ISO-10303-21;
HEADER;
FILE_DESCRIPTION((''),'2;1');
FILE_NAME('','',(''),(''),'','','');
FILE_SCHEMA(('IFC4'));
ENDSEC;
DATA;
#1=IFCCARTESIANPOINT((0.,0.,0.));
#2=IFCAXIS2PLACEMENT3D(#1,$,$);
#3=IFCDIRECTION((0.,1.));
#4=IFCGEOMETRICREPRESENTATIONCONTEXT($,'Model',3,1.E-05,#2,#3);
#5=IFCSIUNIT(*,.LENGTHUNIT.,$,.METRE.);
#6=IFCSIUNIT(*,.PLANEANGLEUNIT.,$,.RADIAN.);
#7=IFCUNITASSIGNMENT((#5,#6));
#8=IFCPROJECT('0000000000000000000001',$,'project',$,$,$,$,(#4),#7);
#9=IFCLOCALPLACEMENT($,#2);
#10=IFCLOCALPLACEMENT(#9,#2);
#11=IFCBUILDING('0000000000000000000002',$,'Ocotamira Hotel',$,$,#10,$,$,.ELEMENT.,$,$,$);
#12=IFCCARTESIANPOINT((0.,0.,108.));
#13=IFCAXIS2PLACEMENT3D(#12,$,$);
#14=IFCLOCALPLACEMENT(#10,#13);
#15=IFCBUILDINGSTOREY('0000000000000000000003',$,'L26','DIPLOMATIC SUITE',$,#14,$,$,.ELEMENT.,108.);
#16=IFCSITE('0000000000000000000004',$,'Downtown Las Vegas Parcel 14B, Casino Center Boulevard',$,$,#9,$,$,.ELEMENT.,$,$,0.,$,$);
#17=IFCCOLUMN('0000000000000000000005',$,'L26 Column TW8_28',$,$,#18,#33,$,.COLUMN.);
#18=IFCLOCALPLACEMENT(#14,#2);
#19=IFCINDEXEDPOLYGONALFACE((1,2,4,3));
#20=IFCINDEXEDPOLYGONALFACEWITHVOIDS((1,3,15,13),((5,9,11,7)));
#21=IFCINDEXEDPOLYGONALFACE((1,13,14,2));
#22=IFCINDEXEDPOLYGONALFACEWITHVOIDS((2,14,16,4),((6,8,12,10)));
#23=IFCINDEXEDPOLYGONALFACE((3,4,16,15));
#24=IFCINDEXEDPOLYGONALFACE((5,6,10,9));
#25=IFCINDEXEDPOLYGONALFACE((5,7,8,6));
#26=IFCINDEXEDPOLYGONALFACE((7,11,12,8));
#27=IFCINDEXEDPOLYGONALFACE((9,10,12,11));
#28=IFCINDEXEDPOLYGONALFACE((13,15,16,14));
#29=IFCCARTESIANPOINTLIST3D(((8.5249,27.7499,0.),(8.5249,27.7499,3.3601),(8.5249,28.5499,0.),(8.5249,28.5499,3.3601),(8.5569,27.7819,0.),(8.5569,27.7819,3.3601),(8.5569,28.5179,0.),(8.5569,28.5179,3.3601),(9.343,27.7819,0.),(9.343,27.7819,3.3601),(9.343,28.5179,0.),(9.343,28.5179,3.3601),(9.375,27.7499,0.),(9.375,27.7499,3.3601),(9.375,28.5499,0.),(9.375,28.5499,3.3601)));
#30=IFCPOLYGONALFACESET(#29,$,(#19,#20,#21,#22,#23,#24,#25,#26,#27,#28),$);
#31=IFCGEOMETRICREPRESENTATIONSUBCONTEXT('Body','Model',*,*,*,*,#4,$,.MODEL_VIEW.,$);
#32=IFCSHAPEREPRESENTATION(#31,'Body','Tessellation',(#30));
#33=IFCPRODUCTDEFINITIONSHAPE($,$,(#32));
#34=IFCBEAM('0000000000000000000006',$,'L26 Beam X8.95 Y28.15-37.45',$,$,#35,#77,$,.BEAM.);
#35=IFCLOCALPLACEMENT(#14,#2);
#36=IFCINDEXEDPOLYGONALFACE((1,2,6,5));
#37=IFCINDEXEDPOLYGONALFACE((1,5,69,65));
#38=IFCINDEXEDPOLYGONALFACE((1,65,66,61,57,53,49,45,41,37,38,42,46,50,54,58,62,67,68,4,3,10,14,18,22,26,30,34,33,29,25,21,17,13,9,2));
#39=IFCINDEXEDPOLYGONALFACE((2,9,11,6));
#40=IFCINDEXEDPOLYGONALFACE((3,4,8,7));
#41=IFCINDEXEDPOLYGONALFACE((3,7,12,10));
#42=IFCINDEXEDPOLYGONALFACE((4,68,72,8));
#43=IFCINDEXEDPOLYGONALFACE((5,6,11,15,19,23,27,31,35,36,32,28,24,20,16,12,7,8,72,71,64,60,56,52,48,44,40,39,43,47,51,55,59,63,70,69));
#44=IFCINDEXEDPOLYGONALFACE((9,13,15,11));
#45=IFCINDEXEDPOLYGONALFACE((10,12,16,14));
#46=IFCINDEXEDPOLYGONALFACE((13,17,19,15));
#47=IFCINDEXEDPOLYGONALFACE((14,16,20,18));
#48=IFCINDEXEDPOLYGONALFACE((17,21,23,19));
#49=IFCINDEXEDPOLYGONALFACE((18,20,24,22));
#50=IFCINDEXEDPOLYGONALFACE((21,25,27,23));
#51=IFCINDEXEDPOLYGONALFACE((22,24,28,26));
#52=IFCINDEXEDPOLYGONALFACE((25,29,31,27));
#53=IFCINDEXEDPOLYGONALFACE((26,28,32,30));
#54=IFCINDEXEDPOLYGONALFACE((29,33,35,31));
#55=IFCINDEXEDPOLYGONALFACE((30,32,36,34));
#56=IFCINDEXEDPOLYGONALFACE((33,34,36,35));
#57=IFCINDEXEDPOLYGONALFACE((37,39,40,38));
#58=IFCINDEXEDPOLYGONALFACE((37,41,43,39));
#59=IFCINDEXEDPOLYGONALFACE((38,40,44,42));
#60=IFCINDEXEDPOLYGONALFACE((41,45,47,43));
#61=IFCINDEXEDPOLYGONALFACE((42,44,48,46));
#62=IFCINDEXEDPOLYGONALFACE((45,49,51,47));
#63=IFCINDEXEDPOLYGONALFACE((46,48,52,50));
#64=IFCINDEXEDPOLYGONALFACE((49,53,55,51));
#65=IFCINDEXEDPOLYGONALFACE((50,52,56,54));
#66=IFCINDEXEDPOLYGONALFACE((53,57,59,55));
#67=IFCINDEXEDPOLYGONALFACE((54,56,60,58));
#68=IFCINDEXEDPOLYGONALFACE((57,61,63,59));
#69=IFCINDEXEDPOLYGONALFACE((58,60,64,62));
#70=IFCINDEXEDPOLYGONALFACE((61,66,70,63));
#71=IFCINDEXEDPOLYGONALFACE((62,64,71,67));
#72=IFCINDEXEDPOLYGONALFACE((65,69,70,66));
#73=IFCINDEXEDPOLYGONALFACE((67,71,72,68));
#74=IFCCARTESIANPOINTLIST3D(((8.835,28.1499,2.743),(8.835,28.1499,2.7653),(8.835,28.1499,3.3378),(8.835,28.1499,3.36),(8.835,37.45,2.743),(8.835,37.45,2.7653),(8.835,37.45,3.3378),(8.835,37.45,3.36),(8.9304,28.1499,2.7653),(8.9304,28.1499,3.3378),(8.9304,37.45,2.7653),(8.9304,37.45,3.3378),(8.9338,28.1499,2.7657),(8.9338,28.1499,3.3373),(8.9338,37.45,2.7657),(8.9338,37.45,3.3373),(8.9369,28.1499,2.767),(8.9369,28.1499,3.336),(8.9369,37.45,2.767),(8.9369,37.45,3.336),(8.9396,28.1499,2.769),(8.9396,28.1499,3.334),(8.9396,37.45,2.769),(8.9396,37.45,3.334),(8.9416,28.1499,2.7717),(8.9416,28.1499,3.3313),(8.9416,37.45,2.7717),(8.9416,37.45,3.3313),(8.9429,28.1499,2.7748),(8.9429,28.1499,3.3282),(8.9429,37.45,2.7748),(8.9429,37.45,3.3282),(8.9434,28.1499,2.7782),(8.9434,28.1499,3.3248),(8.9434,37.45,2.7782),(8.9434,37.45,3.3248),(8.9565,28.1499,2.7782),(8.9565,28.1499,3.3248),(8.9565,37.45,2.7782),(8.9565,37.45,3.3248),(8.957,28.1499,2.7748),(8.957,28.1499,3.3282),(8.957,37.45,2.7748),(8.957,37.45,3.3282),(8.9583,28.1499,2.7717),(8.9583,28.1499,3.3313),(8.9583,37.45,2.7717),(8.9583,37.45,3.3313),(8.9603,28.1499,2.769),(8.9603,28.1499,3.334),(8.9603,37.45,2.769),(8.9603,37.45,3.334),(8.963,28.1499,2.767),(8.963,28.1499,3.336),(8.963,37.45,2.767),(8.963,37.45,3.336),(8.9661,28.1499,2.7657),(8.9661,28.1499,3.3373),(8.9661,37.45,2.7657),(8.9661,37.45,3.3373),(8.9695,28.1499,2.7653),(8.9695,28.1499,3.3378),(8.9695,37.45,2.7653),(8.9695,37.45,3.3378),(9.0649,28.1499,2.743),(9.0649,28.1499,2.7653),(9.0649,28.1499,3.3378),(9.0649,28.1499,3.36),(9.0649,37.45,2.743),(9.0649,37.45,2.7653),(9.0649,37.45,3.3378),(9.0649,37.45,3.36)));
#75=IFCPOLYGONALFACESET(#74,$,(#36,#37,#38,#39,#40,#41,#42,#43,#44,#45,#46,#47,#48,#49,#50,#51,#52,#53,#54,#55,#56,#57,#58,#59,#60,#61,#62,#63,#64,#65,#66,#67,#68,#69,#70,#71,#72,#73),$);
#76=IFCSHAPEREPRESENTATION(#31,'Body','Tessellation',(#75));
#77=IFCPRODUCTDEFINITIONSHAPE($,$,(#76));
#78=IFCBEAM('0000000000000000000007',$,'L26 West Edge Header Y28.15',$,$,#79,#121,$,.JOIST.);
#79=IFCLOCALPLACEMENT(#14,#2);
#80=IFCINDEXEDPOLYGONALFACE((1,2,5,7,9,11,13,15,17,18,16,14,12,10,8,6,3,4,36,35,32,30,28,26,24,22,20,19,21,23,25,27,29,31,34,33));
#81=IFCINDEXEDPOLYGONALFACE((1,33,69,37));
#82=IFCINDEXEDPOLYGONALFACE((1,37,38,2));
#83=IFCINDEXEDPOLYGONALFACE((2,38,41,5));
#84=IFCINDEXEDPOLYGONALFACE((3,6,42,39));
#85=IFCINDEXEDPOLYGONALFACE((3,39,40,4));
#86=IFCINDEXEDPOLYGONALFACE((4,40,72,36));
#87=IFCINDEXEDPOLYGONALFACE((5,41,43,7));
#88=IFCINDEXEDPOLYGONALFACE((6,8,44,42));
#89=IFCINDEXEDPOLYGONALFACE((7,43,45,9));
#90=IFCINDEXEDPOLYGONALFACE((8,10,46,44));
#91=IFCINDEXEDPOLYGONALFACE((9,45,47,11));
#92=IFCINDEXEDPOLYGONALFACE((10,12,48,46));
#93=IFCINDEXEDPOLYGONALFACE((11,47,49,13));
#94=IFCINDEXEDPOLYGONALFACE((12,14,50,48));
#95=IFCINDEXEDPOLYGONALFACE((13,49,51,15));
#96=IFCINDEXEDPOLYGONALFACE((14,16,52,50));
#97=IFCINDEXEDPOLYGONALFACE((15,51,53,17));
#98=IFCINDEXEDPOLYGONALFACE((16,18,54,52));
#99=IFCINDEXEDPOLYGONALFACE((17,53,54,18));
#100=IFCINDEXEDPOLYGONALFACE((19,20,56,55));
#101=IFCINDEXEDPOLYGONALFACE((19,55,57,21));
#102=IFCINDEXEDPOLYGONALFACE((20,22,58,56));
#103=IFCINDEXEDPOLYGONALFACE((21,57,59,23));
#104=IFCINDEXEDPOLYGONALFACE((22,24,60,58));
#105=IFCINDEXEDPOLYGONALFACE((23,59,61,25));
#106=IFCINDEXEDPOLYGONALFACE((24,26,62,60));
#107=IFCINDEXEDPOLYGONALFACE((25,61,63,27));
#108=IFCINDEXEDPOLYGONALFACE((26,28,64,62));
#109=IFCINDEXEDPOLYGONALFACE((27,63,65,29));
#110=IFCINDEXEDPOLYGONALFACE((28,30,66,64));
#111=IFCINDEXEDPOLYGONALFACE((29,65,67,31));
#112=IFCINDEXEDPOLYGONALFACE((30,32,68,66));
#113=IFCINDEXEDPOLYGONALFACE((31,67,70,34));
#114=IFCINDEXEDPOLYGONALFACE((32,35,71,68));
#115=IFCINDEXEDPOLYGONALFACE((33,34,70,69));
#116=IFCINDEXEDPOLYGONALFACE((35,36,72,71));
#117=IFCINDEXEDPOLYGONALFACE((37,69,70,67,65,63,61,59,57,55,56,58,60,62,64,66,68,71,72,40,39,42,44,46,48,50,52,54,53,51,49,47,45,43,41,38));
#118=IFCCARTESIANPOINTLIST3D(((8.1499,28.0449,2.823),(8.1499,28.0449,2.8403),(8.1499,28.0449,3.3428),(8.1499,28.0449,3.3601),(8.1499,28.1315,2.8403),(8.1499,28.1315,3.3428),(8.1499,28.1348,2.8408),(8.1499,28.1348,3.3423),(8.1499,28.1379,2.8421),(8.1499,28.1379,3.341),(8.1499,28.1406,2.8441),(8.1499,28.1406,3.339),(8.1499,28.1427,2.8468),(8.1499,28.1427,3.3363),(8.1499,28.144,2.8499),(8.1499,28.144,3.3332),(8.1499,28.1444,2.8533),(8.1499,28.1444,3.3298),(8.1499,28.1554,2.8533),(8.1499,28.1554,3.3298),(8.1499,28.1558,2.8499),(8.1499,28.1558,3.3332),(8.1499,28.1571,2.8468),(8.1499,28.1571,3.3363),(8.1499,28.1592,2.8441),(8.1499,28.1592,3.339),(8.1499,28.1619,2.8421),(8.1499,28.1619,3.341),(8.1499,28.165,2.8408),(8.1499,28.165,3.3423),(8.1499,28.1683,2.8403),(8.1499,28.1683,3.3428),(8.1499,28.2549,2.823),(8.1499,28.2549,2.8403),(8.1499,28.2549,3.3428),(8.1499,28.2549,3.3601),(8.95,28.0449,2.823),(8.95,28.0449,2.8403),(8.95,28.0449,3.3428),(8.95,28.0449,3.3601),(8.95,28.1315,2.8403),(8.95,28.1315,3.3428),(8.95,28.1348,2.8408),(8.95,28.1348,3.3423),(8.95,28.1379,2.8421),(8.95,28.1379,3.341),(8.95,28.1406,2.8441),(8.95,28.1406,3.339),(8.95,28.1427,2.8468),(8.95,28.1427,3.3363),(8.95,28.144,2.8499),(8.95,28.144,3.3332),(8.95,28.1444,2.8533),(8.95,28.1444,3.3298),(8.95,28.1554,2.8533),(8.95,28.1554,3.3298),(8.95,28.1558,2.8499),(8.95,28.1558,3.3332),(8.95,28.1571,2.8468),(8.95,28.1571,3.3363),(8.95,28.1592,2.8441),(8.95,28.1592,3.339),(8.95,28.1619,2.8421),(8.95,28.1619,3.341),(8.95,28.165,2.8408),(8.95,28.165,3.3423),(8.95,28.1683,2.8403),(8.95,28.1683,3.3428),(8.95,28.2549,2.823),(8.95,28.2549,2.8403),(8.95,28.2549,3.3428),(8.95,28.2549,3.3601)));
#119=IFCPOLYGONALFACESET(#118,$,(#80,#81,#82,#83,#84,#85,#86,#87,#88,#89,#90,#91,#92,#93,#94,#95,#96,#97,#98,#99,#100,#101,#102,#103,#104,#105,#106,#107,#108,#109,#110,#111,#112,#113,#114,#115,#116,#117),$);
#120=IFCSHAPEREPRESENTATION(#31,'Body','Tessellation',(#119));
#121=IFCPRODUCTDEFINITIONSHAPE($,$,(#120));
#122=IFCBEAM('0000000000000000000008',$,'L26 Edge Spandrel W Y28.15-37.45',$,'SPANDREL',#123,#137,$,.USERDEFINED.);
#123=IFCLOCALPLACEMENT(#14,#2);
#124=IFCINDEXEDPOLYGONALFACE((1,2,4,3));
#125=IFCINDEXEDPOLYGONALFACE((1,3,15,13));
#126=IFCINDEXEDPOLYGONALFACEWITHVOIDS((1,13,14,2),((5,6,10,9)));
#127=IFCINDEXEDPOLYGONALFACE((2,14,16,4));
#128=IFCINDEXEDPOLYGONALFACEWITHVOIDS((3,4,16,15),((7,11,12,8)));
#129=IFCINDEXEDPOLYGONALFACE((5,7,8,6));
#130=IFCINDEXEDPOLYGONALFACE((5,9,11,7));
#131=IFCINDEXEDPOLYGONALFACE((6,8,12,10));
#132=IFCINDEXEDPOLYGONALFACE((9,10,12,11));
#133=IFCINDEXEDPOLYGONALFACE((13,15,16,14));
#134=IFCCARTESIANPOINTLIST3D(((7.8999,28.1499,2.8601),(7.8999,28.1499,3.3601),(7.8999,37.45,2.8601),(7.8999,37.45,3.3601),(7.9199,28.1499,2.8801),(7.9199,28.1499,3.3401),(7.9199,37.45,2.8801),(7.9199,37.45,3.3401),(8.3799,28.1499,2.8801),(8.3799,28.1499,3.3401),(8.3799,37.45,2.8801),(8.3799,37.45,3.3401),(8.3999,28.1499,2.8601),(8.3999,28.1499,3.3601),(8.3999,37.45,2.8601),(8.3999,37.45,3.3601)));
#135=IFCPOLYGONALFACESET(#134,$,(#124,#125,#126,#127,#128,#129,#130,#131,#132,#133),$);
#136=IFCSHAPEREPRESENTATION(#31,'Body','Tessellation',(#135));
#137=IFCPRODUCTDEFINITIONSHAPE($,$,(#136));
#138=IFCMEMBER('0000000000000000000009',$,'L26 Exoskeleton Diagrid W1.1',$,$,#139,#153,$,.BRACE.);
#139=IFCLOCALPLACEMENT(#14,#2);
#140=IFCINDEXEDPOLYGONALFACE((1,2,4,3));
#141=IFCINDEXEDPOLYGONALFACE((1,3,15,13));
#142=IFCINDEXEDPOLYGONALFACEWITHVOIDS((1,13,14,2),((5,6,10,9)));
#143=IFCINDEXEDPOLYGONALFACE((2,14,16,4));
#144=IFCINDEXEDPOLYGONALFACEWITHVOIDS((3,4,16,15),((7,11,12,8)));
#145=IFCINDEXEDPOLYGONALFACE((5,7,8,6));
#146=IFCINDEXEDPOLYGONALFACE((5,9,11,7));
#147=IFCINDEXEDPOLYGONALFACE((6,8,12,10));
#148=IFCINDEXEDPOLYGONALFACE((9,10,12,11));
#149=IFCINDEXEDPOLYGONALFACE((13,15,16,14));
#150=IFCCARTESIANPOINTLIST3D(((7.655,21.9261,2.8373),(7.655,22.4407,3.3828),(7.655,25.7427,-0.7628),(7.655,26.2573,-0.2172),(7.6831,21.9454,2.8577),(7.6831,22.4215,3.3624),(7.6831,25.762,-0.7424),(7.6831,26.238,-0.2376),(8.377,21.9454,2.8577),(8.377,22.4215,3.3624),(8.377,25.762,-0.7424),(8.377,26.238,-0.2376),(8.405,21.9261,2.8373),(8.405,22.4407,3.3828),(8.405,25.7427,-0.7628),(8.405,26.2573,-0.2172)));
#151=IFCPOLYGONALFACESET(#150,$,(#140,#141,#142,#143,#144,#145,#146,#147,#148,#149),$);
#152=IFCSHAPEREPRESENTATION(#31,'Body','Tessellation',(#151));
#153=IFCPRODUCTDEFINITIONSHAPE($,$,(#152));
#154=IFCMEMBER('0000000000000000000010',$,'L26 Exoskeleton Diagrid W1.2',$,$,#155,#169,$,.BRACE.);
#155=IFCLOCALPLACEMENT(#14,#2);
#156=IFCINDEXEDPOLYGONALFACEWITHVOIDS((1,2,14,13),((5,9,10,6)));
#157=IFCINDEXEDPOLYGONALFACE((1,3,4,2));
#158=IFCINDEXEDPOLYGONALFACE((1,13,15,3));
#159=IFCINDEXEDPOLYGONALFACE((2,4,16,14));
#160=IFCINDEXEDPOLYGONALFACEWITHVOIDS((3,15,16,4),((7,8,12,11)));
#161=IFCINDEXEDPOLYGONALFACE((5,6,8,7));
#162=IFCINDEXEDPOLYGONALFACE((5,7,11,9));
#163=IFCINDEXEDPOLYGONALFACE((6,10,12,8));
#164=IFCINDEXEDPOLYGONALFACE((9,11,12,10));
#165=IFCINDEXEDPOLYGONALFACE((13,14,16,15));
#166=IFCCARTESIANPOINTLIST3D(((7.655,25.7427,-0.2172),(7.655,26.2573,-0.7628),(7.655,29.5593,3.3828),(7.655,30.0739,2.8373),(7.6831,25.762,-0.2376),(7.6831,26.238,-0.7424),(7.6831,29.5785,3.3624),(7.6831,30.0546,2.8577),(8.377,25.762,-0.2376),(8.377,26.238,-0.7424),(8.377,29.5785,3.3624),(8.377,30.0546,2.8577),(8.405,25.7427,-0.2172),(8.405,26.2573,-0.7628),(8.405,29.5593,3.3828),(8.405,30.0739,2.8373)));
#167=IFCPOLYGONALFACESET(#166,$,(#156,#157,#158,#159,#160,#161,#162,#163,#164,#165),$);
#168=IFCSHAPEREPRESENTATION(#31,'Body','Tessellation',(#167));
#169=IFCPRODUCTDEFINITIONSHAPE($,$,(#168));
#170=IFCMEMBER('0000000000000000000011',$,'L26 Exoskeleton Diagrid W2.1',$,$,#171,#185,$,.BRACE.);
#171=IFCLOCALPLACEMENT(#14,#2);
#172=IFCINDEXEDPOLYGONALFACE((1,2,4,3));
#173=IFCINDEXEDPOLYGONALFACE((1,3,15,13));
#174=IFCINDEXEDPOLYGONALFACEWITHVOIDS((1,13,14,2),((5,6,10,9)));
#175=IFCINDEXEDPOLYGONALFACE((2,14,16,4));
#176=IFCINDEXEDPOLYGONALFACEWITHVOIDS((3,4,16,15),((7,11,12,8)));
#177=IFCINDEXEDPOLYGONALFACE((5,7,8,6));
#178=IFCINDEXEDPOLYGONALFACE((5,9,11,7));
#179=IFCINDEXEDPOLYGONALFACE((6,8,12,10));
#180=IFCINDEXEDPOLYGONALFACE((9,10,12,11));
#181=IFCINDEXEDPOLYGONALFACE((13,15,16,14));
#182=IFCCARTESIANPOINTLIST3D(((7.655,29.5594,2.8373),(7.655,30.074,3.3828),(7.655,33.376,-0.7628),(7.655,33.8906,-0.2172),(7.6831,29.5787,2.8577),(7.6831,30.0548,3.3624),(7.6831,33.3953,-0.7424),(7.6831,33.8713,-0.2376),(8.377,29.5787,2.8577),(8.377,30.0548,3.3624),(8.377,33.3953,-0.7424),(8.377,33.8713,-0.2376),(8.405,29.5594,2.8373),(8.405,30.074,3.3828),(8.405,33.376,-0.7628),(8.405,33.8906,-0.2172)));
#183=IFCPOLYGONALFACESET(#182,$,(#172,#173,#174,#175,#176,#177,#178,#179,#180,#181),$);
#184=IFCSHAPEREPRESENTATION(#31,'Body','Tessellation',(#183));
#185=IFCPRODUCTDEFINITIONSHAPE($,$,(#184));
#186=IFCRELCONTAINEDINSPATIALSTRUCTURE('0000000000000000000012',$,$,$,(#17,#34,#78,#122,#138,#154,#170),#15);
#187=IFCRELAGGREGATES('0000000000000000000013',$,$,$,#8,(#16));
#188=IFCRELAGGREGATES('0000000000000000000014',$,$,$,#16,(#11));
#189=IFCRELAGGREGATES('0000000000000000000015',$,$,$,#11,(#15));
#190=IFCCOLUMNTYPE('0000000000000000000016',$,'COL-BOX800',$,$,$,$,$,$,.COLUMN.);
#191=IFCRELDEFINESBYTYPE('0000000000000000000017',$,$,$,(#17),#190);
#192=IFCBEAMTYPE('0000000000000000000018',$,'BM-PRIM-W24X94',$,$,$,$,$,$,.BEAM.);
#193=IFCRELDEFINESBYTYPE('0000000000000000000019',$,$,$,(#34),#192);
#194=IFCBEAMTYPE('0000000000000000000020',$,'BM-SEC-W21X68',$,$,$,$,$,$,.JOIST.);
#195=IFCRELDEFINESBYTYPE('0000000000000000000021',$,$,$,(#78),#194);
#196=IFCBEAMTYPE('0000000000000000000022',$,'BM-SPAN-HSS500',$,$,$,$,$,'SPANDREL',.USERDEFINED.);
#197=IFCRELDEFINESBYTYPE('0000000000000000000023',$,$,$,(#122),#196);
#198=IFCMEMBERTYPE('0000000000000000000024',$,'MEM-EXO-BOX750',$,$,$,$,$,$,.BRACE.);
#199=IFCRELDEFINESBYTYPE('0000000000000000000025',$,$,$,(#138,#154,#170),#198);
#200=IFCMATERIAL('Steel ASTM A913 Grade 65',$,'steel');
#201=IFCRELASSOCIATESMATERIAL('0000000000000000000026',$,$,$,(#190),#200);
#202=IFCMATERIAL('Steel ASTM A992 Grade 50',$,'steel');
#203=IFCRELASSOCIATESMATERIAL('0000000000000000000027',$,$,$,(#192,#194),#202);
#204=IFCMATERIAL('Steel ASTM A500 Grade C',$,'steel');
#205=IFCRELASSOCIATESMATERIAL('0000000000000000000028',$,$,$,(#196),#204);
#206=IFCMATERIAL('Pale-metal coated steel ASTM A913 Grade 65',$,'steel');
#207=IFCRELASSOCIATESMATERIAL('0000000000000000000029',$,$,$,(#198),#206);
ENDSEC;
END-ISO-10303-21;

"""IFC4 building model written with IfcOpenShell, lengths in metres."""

from ifc_helpers import new_model, si_unit, direction, frame, origin, origin_2d, place, context, subcontext, project, spatial, hollow_rectangle, i_section, extrude, source, transform, mapped, material, material_profile, profile_set, type_object, element, save


model = new_model("IFC4")

# Units and contexts
model_context = context("Model", 3, precision=1e-05, world=origin(), true_north=direction((0.0, 1.0)))
body_context = subcontext(model_context, "Body", "Model", "MODEL_VIEW")
ifc_project = project(units=[si_unit("LENGTHUNIT", "METRE"), si_unit("PLANEANGLEUNIT", "RADIAN")], contexts=[model_context])

# Site, building, storey
site_placement = place(None, origin())
site = spatial("IfcSite", under=ifc_project, at=site_placement, Name="Downtown Las Vegas Parcel 14B, Casino Center Boulevard", CompositionType="ELEMENT", RefElevation=0.0)
building_placement = place(site_placement, origin())
building = spatial("IfcBuilding", under=site, at=building_placement, Name="Ocotamira Hotel", CompositionType="ELEMENT")
storey_placement = place(building_placement, frame((0.0, 0.0, 108.0)))
storey = spatial("IfcBuildingStorey", under=building, at=storey_placement, Name="L26", Description="DIPLOMATIC SUITE", CompositionType="ELEMENT", Elevation=108.0)

# Column
ifc_material_1 = material(Name="Steel ASTM A913 Grade 65", Category="steel")
ifc_material_profile_1 = material_profile(ifc_material_1, hollow_rectangle(XDim=0.8501, YDim=0.8, WallThickness=0.032, at=origin_2d()), Name="BOX800X850X32")
ifc_profile_set_1 = profile_set([ifc_material_profile_1], Name="Steel ASTM A913 Grade 65")
column_type = type_object("IfcColumnType", Name="COL-BOX800", PredefinedType="COLUMN", material=ifc_profile_set_1)
shared_shape_1 = source(origin(), body_context, "Body", "SweptSolid", [
    extrude(hollow_rectangle(XDim=0.8501, YDim=0.8, WallThickness=0.032, at=origin_2d()), origin(), (0.0, 0.0, 1.0), 3.3601),
])
column_placement = place(storey_placement, frame((8.95, 28.1499, 0.0), z_axis=(0.0, 0.0, 1.0), x_axis=(1.0, 0.0, 0.0)))
element("IfcColumn", 1, at=column_placement, inside=storey, type_object=column_type, Name="L26 Column TW8_28", PredefinedType="COLUMN", context=body_context, shape_type="MappedRepresentation", body=[
    mapped(shared_shape_1, transform((0.0, 0.0, 0.0), scale=1.0)),
])

# Beams
ifc_material_2 = material(Name="Steel ASTM A992 Grade 50", Category="steel")
ifc_material_profile_2 = material_profile(ifc_material_2, i_section(OverallWidth=0.23, OverallDepth=0.6169, WebThickness=0.0132, FlangeThickness=0.0222, FilletRadius=0.0129, at=origin_2d()), Name="W24X94")
ifc_profile_set_2 = profile_set([ifc_material_profile_2], Name="Steel ASTM A992 Grade 50")
beam_type_1 = type_object("IfcBeamType", Name="BM-PRIM-W24X94", PredefinedType="BEAM", material=ifc_profile_set_2)
shared_shape_2 = source(origin(), body_context, "Body", "SweptSolid", [
    extrude(i_section(OverallWidth=0.23, OverallDepth=0.6169, WebThickness=0.0132, FlangeThickness=0.0222, FilletRadius=0.0129, at=origin_2d()), origin(), (0.0, 0.0, 1.0), 9.3),
])
beam_1_placement = place(storey_placement, frame((8.95, 28.1499, 3.0515), z_axis=(0.0, 1.0, 0.0), x_axis=(-1.0, 0.0, 0.0)))
element("IfcBeam", 2, at=beam_1_placement, inside=storey, type_object=beam_type_1, Name="L26 Beam X8.95 Y28.15-37.45", PredefinedType="BEAM", context=body_context, shape_type="MappedRepresentation", body=[
    mapped(shared_shape_2, transform((0.0, 0.0, 0.0), scale=1.0)),
])
ifc_material_profile_3 = material_profile(ifc_material_2, i_section(OverallWidth=0.21, OverallDepth=0.5371, WebThickness=0.011, FlangeThickness=0.0173, FilletRadius=0.0129, at=origin_2d()), Name="W21X68")
ifc_profile_set_3 = profile_set([ifc_material_profile_3], Name="Steel ASTM A992 Grade 50")
beam_type_2 = type_object("IfcBeamType", Name="BM-SEC-W21X68", PredefinedType="JOIST", material=ifc_profile_set_3)
shared_shape_3 = source(origin(), body_context, "Body", "SweptSolid", [
    extrude(i_section(OverallWidth=0.21, OverallDepth=0.5371, WebThickness=0.011, FlangeThickness=0.0173, FilletRadius=0.0129, at=origin_2d()), origin(), (0.0, 0.0, 1.0), 0.8),
])
beam_2_placement = place(storey_placement, frame((8.95, 28.1499, 3.0916), z_axis=(-1.0, 0.0, 0.0), x_axis=(0.0, -1.0, 0.0)))
element("IfcBeam", 3, at=beam_2_placement, inside=storey, type_object=beam_type_2, Name="L26 West Edge Header Y28.15", PredefinedType="JOIST", context=body_context, shape_type="MappedRepresentation", body=[
    mapped(shared_shape_3, transform((0.0, 0.0, 0.0), scale=1.0)),
])
ifc_material_3 = material(Name="Steel ASTM A500 Grade C", Category="steel")
ifc_material_profile_4 = material_profile(ifc_material_3, hollow_rectangle(XDim=0.5, YDim=0.5, WallThickness=0.02, at=origin_2d()), Name="HSS500X500X20")
ifc_profile_set_4 = profile_set([ifc_material_profile_4], Name="Steel ASTM A500 Grade C")
beam_type_3 = type_object("IfcBeamType", Name="BM-SPAN-HSS500", ElementType="SPANDREL", PredefinedType="USERDEFINED", material=ifc_profile_set_4)
shared_shape_4 = source(origin(), body_context, "Body", "SweptSolid", [
    extrude(hollow_rectangle(XDim=0.5, YDim=0.5, WallThickness=0.02, at=origin_2d()), origin(), (0.0, 0.0, 1.0), 9.3),
])
beam_3_placement = place(storey_placement, frame((8.1499, 28.1499, 3.1101), z_axis=(0.0, 1.0, 0.0), x_axis=(-1.0, 0.0, 0.0)))
element("IfcBeam", 4, at=beam_3_placement, inside=storey, type_object=beam_type_3, Name="L26 Edge Spandrel W Y28.15-37.45", ObjectType="SPANDREL", PredefinedType="USERDEFINED", context=body_context, shape_type="MappedRepresentation", body=[
    mapped(shared_shape_4, transform((0.0, 0.0, 0.0), scale=1.0)),
])

# Members
ifc_material_4 = material(Name="Pale-metal coated steel ASTM A913 Grade 65", Category="steel")
ifc_material_profile_5 = material_profile(ifc_material_4, hollow_rectangle(XDim=0.75, YDim=0.75, WallThickness=0.0281, at=origin_2d()), Name="BOX750X750X28")
ifc_profile_set_5 = profile_set([ifc_material_profile_5], Name="Pale-metal coated steel ASTM A913 Grade 65")
member_type_1 = type_object("IfcMemberType", Name="MEM-EXO-BOX750", PredefinedType="BRACE", material=ifc_profile_set_5)
shared_shape_5 = source(origin(), body_context, "Body", "SweptSolid", [
    extrude(hollow_rectangle(XDim=0.75, YDim=0.75, WallThickness=0.0281, at=origin_2d()), origin(), (0.0, 0.0, 1.0), 5.2466),
])
for number, where, z_axis, x_axis, name in (
    (5, (8.03, 26.0, -0.49), (0.0, -0.727443, 0.686168), (1.0, 0.0, 0.0), "L26 Exoskeleton Diagrid W1.1"),
    (6, (8.03, 26.0, -0.49), (0.0, 0.727443, 0.686168), (-1.0, 0.0, 0.0), "L26 Exoskeleton Diagrid W1.2"),
    (7, (8.03, 33.6333, -0.49), (0.0, -0.727443, 0.686168), (1.0, 0.0, 0.0), "L26 Exoskeleton Diagrid W2.1"),
):
    element("IfcMember", number, at=place(storey_placement, frame(where, z_axis=z_axis, x_axis=x_axis)), inside=storey, type_object=member_type_1, Name=name, PredefinedType="BRACE", context=body_context, shape_type="MappedRepresentation", body=[
        mapped(shared_shape_5, transform((0.0, 0.0, 0.0), scale=1.0)),
    ])

save(model, "model.ifc")
